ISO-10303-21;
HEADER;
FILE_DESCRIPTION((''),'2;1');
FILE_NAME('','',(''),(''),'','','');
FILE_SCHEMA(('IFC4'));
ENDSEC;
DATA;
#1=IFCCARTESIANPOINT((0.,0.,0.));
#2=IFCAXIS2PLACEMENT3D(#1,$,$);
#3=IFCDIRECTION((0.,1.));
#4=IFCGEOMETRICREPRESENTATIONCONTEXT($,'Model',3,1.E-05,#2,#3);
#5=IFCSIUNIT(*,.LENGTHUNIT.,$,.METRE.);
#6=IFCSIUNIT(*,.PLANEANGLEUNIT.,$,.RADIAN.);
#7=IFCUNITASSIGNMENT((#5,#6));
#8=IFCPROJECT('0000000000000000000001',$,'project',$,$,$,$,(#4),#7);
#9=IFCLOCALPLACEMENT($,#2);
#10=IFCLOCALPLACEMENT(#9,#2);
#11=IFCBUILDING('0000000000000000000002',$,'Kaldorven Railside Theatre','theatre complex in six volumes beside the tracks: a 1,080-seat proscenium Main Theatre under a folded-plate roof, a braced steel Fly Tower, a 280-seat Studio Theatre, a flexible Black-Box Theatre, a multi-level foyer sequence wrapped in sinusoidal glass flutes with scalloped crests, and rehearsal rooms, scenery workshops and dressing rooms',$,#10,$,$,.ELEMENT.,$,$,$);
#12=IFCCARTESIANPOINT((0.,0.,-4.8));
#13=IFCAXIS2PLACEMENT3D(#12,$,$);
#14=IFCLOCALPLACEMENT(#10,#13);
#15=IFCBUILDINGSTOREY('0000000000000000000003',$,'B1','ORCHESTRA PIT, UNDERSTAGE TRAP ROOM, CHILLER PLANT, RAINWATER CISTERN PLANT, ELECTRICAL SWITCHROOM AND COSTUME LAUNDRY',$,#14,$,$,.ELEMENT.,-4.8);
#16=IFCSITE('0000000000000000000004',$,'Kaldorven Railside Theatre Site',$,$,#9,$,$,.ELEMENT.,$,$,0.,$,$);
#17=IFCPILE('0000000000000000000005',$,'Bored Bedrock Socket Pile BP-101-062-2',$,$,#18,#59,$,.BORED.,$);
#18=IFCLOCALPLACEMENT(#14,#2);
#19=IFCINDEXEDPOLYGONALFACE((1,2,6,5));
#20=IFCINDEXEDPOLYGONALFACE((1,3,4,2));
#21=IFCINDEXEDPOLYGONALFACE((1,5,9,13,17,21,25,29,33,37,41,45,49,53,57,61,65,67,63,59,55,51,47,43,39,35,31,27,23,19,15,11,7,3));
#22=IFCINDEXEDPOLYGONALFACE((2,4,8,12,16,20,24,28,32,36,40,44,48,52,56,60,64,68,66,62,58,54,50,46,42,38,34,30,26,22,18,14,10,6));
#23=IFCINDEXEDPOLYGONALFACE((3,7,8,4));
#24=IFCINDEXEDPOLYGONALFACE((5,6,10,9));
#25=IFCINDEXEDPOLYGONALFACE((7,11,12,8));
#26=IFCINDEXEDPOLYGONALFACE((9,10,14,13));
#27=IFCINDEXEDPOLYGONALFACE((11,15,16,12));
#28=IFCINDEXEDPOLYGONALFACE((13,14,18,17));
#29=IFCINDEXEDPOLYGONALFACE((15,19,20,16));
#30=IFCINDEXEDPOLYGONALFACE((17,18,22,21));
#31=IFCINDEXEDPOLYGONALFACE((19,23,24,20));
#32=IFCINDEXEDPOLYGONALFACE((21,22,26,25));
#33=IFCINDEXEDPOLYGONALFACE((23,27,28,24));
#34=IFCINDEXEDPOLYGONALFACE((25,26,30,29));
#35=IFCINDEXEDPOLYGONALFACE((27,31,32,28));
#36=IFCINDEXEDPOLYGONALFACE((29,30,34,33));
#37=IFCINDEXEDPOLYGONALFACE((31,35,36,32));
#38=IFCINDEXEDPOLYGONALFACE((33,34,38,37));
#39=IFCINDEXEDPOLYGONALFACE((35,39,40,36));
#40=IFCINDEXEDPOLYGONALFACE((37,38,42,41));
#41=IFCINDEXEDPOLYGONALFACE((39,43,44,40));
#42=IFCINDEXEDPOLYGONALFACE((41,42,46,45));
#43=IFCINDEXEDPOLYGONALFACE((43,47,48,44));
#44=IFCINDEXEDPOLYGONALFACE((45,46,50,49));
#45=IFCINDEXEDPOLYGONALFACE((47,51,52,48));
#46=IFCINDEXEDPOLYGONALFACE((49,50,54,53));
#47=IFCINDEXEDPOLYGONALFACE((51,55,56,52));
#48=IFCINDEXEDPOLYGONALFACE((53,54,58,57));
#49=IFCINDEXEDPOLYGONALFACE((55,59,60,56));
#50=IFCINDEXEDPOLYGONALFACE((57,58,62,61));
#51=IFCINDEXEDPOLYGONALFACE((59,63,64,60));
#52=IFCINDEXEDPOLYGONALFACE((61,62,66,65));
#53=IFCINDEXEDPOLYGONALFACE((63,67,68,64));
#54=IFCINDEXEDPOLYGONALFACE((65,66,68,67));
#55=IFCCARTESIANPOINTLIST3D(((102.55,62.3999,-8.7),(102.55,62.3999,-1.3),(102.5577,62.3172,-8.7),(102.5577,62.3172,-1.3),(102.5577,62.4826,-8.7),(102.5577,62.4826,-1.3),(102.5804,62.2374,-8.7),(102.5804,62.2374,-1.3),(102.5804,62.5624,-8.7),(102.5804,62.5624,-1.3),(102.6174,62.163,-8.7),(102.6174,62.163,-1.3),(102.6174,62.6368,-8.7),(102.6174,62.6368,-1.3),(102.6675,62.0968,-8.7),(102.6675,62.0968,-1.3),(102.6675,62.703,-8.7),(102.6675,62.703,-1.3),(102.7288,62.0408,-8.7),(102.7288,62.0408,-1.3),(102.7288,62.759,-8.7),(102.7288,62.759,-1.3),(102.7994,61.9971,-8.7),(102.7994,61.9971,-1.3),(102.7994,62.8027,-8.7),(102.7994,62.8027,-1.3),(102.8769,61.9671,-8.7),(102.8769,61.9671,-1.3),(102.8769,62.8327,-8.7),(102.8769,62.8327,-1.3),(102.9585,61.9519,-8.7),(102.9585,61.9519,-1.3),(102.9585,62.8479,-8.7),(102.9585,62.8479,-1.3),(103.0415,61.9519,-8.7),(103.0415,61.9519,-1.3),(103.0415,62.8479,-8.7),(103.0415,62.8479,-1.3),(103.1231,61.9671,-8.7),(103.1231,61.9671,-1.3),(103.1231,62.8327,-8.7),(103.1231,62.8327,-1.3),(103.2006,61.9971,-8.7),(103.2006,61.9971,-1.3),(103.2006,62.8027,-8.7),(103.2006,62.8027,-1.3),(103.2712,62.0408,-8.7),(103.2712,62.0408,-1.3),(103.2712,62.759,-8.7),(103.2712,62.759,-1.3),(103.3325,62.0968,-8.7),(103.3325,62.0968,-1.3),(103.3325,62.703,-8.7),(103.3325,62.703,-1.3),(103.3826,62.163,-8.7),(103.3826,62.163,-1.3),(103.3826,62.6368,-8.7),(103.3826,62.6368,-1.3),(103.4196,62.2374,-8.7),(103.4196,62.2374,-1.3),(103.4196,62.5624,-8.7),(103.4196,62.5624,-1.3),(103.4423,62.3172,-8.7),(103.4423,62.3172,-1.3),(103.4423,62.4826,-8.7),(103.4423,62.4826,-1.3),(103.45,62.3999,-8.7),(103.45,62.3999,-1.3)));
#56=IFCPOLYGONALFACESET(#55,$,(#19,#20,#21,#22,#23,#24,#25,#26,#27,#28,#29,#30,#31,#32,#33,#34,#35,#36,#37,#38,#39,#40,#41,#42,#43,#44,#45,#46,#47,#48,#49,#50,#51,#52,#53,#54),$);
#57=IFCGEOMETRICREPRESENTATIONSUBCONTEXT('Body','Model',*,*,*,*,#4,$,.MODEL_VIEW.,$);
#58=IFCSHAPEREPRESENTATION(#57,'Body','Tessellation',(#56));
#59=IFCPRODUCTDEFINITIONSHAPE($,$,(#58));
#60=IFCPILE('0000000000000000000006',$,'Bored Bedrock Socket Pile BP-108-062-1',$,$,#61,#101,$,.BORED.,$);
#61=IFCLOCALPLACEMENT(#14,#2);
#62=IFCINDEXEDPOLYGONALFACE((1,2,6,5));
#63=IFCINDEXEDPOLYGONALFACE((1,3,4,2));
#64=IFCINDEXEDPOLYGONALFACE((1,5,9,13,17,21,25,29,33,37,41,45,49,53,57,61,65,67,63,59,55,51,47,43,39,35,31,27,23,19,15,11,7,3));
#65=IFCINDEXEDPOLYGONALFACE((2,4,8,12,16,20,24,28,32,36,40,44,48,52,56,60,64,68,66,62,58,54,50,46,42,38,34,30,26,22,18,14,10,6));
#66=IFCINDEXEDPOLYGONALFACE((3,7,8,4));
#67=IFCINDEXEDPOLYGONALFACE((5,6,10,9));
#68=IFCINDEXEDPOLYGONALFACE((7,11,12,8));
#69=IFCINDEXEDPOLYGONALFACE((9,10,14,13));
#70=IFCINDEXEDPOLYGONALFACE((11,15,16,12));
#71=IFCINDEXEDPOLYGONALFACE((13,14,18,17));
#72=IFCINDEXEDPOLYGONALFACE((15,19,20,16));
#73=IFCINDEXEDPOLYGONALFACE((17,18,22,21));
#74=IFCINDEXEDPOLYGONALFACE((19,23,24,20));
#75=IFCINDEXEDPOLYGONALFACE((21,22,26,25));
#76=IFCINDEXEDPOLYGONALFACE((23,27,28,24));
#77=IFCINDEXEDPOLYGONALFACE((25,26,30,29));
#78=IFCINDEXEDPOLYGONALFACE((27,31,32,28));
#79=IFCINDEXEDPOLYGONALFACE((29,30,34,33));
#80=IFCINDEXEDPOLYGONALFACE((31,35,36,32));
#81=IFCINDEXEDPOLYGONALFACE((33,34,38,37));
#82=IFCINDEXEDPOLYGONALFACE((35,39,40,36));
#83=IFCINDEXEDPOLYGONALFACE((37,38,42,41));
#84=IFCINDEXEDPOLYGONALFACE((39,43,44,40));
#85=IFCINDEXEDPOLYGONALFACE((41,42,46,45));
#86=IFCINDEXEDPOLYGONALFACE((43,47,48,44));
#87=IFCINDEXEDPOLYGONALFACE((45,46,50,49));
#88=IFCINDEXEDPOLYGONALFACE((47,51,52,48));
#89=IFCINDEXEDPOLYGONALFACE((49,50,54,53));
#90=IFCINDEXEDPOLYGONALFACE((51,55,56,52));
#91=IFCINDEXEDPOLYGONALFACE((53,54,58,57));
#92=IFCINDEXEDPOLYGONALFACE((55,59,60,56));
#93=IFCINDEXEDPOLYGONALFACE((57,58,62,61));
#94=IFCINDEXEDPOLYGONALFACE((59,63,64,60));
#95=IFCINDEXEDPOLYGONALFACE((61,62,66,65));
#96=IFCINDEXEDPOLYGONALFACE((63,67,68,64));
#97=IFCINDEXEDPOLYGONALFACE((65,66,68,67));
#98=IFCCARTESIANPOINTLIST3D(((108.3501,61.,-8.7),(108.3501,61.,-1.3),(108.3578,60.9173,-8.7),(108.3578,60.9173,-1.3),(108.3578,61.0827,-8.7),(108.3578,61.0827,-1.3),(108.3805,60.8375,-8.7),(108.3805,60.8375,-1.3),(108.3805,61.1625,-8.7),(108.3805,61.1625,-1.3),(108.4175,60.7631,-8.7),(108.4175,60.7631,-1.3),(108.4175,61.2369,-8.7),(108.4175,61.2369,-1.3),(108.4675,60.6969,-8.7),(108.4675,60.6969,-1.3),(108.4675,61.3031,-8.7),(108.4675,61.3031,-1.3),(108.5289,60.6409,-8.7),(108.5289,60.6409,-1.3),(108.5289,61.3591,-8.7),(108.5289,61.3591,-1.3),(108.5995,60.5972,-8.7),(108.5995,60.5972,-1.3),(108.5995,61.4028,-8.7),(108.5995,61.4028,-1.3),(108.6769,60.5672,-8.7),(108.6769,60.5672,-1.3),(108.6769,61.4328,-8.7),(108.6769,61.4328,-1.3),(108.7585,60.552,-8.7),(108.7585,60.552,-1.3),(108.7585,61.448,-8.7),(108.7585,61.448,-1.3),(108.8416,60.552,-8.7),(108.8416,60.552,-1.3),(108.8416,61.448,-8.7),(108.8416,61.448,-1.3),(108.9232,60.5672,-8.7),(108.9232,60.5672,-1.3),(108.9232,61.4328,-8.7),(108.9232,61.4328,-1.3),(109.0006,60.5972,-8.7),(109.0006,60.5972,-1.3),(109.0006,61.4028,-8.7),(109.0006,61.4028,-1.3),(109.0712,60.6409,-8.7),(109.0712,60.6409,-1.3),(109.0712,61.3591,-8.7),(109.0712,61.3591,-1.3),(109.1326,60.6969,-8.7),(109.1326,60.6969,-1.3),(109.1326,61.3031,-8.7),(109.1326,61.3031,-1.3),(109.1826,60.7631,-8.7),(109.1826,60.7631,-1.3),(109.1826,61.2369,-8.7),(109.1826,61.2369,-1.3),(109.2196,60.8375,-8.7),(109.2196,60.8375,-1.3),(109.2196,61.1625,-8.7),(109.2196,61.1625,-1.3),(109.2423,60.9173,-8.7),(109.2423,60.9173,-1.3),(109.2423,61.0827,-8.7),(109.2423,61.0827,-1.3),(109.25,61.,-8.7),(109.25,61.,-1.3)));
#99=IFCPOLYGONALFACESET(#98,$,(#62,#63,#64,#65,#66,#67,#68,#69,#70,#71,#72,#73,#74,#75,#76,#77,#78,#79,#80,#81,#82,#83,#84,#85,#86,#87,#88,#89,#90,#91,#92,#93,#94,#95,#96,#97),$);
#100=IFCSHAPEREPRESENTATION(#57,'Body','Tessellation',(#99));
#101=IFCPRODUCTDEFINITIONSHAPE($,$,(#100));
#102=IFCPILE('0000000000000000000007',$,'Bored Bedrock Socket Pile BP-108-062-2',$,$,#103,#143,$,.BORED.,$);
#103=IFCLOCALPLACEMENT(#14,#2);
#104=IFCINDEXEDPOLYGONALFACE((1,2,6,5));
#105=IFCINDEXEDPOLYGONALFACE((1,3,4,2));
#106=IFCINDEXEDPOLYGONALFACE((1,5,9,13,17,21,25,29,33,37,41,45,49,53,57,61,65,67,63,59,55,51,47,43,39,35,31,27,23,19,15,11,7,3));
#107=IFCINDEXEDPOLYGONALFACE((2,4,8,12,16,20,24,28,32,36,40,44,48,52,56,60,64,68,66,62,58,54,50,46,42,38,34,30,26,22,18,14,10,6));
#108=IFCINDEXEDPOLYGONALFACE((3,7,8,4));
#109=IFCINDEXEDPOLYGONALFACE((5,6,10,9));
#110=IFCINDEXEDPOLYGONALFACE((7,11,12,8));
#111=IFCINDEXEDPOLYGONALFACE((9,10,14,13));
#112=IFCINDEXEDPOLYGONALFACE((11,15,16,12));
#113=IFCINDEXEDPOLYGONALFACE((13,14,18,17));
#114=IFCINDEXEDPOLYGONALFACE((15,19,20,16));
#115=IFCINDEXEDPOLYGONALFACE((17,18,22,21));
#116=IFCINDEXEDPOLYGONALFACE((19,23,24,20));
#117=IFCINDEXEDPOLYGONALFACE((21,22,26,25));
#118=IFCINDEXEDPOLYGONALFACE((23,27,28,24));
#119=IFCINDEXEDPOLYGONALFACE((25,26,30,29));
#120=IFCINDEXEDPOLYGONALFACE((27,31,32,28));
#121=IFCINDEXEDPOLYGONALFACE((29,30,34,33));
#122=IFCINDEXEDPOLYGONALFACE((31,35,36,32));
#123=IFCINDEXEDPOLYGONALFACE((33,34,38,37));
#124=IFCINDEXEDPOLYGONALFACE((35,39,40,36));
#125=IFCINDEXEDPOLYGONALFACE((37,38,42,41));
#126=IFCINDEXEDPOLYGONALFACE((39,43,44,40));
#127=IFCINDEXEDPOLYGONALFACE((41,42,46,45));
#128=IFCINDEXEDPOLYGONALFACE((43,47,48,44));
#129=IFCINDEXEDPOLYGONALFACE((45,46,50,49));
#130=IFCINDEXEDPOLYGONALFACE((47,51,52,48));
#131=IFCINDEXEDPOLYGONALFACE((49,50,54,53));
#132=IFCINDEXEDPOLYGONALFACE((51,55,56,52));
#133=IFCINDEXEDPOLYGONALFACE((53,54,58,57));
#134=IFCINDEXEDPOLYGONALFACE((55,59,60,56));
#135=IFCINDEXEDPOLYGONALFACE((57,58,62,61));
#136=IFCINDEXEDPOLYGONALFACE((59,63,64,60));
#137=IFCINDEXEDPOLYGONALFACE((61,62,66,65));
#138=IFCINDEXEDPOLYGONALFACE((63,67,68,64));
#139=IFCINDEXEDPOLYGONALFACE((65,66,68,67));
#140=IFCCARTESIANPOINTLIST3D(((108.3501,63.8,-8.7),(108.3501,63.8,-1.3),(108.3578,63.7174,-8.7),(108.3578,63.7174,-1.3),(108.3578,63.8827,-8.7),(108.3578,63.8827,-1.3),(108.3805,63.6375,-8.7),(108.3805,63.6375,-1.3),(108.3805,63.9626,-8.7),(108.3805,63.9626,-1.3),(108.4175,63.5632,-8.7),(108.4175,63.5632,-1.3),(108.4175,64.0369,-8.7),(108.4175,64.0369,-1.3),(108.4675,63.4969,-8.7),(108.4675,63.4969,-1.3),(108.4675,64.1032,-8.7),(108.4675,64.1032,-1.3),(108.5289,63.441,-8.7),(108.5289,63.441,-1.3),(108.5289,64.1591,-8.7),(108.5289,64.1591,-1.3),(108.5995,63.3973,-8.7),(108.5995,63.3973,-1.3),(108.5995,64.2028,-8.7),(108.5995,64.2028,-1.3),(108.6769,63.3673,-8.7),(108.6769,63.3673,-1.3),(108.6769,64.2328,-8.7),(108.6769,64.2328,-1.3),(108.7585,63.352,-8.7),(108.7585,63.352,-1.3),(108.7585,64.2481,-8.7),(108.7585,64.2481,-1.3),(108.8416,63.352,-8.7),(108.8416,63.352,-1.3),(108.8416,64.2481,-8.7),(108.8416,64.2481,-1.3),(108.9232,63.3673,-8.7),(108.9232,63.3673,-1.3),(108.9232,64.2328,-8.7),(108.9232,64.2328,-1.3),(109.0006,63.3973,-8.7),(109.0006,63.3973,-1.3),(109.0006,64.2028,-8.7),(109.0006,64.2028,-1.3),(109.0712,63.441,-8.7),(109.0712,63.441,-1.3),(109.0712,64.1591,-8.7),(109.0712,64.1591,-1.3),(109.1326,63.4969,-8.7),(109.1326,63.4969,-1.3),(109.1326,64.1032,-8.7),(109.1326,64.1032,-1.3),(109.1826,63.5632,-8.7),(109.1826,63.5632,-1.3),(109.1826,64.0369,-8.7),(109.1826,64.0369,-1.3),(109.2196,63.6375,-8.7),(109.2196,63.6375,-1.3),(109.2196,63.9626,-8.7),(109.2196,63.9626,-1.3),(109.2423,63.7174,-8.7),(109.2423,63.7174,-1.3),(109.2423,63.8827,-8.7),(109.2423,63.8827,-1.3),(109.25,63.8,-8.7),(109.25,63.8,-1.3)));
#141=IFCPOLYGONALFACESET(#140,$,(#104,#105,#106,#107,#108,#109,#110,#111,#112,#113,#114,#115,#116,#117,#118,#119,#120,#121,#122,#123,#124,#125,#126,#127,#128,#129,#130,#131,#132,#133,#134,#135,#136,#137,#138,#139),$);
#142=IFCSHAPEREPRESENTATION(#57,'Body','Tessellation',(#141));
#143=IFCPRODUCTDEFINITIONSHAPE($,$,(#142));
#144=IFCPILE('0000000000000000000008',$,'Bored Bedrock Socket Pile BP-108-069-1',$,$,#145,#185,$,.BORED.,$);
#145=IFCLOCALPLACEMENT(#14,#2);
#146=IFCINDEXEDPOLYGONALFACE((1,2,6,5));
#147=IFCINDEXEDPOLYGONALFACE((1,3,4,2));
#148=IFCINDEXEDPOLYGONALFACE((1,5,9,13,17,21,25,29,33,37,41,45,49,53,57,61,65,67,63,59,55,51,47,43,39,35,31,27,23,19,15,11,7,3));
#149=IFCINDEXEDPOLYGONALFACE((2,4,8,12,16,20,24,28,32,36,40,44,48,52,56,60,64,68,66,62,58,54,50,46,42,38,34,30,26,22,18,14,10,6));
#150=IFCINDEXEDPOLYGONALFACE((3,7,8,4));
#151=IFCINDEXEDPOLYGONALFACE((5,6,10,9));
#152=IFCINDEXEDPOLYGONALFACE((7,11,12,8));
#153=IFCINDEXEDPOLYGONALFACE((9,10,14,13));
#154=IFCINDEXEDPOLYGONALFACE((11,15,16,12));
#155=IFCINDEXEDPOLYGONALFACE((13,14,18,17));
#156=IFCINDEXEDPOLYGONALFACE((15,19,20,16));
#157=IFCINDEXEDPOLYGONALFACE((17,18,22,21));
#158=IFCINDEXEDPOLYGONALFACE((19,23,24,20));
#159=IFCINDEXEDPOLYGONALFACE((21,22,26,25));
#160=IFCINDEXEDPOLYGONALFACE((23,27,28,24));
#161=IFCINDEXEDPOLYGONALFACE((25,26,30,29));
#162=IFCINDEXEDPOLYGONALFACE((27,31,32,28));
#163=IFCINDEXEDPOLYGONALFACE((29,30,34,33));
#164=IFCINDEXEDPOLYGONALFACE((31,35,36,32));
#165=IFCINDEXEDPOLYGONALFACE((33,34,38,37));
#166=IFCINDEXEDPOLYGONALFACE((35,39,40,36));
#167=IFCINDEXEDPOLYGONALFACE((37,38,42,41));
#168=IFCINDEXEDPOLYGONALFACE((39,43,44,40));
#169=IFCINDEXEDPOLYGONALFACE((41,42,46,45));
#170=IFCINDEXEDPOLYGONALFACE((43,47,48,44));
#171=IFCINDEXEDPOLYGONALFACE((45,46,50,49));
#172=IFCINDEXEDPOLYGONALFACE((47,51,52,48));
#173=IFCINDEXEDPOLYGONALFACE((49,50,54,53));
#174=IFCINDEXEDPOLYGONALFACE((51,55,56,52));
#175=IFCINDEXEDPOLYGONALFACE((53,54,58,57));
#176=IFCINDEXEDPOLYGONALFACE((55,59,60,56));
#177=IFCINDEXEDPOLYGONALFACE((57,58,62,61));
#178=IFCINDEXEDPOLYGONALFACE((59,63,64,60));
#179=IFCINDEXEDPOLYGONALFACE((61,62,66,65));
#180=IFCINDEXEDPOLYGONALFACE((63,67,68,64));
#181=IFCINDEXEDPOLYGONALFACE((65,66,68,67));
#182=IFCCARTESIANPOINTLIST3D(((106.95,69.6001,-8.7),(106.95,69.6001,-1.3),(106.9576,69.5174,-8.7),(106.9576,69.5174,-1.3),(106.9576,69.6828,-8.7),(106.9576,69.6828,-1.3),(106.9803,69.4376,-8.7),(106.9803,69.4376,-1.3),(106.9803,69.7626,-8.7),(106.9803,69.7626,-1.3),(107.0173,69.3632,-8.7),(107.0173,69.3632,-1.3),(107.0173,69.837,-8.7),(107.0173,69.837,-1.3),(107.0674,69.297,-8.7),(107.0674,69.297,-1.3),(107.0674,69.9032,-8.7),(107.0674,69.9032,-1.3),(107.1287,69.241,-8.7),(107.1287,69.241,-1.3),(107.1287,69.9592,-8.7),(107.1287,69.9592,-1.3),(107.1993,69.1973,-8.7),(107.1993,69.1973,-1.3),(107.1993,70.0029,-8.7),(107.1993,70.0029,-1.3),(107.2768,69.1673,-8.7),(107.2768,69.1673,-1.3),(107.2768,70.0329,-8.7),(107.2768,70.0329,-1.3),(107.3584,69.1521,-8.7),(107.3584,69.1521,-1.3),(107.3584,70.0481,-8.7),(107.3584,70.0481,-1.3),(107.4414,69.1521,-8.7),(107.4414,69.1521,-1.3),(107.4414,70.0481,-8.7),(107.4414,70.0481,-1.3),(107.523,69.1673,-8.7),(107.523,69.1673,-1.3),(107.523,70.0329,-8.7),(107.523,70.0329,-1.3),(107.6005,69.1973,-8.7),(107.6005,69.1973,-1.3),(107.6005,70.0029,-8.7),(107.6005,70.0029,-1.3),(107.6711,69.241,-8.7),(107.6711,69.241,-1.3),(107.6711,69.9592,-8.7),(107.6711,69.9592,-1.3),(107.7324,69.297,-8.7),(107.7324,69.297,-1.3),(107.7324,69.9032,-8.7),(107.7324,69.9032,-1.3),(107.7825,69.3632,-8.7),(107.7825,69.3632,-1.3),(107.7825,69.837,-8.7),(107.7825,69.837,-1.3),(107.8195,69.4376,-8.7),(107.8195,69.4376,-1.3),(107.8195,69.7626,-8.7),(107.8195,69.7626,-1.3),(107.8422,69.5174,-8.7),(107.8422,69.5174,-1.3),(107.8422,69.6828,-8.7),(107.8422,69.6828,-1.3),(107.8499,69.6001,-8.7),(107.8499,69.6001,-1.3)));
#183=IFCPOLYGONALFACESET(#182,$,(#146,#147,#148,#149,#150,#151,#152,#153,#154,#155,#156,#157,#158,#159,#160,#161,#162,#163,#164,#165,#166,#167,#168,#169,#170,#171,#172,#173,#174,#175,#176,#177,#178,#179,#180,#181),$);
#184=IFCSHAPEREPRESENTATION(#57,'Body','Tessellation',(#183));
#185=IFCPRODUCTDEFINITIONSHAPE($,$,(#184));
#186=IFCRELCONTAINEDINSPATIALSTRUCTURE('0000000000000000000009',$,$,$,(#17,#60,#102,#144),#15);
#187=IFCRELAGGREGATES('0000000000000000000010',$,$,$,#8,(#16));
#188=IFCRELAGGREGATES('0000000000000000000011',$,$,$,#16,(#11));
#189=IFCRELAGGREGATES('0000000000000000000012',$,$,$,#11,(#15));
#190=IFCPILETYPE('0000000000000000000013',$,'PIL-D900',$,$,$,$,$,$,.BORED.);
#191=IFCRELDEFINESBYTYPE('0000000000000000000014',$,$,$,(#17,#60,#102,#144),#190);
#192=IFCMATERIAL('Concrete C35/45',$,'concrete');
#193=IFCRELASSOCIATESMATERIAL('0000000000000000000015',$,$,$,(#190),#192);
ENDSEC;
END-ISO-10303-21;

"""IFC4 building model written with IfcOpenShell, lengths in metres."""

from ifc_helpers import new_model, si_unit, direction, frame, origin, origin_2d, place, context, subcontext, project, spatial, circle, extrude, material, material_profile, profile_set, type_object, element, save


model = new_model("IFC4")

# Units and contexts
model_context = context("Model", 3, precision=1e-05, world=origin(), true_north=direction((0.0, 1.0)))
body_context = subcontext(model_context, "Body", "Model", "MODEL_VIEW")
ifc_project = project(units=[si_unit("LENGTHUNIT", "METRE"), si_unit("PLANEANGLEUNIT", "RADIAN")], contexts=[model_context])

# Site, building, storey
site_placement = place(None, origin())
site = spatial("IfcSite", under=ifc_project, at=site_placement, Name="Kaldorven Railside Theatre Site", CompositionType="ELEMENT", RefElevation=0.0)
building_placement = place(site_placement, origin())
building = spatial("IfcBuilding", under=site, at=building_placement, Name="Kaldorven Railside Theatre", Description="theatre complex in six volumes beside the tracks: a 1,080-seat proscenium Main Theatre under a folded-plate roof, a braced steel Fly Tower, a 280-seat Studio Theatre, a flexible Black-Box Theatre, a multi-level foyer sequence wrapped in sinusoidal glass flutes with scalloped crests, and rehearsal rooms, scenery workshops and dressing rooms", CompositionType="ELEMENT")
storey_placement = place(building_placement, frame((0.0, 0.0, -4.8)))
storey = spatial("IfcBuildingStorey", under=building, at=storey_placement, Name="B1", Description="ORCHESTRA PIT, UNDERSTAGE TRAP ROOM, CHILLER PLANT, RAINWATER CISTERN PLANT, ELECTRICAL SWITCHROOM AND COSTUME LAUNDRY", CompositionType="ELEMENT", Elevation=-4.8)

# Piles
ifc_material_1 = material(Name="Concrete C35/45", Category="concrete")
ifc_material_profile_1 = material_profile(ifc_material_1, circle(Radius=0.45, at=origin_2d()), Name="BP D900")
ifc_profile_set_1 = profile_set([ifc_material_profile_1], Name="Concrete C35/45")
pile_type_1 = type_object("IfcPileType", Name="PIL-D900", PredefinedType="BORED", material=ifc_profile_set_1)
for number, where, z_axis, x_axis, name in (
    (1, (103.0, 62.3999, -1.3), (0.0, 0.0, -1.0), (1.0, 0.0, 0.0), "Bored Bedrock Socket Pile BP-101-062-2"),
    (2, (108.8, 61.0, -1.3), (0.0, 0.0, -1.0), (1.0, 0.0, 0.0), "Bored Bedrock Socket Pile BP-108-062-1"),
    (3, (108.8, 63.8, -1.3), (0.0, 0.0, -1.0), (1.0, 0.0, 0.0), "Bored Bedrock Socket Pile BP-108-062-2"),
    (4, (107.3999, 69.6001, -1.3), (0.0, 0.0, -1.0), (1.0, 0.0, 0.0), "Bored Bedrock Socket Pile BP-108-069-1"),
):
    element("IfcPile", number, at=place(storey_placement, frame(where, z_axis=z_axis, x_axis=x_axis)), inside=storey, type_object=pile_type_1, Name=name, PredefinedType="BORED", context=body_context, shape_type="SweptSolid", body=[
        extrude(circle(Radius=0.45, at=origin_2d()), origin(), (0.0, 0.0, 1.0), 7.3999),
    ])

save(model, "model.ifc")
